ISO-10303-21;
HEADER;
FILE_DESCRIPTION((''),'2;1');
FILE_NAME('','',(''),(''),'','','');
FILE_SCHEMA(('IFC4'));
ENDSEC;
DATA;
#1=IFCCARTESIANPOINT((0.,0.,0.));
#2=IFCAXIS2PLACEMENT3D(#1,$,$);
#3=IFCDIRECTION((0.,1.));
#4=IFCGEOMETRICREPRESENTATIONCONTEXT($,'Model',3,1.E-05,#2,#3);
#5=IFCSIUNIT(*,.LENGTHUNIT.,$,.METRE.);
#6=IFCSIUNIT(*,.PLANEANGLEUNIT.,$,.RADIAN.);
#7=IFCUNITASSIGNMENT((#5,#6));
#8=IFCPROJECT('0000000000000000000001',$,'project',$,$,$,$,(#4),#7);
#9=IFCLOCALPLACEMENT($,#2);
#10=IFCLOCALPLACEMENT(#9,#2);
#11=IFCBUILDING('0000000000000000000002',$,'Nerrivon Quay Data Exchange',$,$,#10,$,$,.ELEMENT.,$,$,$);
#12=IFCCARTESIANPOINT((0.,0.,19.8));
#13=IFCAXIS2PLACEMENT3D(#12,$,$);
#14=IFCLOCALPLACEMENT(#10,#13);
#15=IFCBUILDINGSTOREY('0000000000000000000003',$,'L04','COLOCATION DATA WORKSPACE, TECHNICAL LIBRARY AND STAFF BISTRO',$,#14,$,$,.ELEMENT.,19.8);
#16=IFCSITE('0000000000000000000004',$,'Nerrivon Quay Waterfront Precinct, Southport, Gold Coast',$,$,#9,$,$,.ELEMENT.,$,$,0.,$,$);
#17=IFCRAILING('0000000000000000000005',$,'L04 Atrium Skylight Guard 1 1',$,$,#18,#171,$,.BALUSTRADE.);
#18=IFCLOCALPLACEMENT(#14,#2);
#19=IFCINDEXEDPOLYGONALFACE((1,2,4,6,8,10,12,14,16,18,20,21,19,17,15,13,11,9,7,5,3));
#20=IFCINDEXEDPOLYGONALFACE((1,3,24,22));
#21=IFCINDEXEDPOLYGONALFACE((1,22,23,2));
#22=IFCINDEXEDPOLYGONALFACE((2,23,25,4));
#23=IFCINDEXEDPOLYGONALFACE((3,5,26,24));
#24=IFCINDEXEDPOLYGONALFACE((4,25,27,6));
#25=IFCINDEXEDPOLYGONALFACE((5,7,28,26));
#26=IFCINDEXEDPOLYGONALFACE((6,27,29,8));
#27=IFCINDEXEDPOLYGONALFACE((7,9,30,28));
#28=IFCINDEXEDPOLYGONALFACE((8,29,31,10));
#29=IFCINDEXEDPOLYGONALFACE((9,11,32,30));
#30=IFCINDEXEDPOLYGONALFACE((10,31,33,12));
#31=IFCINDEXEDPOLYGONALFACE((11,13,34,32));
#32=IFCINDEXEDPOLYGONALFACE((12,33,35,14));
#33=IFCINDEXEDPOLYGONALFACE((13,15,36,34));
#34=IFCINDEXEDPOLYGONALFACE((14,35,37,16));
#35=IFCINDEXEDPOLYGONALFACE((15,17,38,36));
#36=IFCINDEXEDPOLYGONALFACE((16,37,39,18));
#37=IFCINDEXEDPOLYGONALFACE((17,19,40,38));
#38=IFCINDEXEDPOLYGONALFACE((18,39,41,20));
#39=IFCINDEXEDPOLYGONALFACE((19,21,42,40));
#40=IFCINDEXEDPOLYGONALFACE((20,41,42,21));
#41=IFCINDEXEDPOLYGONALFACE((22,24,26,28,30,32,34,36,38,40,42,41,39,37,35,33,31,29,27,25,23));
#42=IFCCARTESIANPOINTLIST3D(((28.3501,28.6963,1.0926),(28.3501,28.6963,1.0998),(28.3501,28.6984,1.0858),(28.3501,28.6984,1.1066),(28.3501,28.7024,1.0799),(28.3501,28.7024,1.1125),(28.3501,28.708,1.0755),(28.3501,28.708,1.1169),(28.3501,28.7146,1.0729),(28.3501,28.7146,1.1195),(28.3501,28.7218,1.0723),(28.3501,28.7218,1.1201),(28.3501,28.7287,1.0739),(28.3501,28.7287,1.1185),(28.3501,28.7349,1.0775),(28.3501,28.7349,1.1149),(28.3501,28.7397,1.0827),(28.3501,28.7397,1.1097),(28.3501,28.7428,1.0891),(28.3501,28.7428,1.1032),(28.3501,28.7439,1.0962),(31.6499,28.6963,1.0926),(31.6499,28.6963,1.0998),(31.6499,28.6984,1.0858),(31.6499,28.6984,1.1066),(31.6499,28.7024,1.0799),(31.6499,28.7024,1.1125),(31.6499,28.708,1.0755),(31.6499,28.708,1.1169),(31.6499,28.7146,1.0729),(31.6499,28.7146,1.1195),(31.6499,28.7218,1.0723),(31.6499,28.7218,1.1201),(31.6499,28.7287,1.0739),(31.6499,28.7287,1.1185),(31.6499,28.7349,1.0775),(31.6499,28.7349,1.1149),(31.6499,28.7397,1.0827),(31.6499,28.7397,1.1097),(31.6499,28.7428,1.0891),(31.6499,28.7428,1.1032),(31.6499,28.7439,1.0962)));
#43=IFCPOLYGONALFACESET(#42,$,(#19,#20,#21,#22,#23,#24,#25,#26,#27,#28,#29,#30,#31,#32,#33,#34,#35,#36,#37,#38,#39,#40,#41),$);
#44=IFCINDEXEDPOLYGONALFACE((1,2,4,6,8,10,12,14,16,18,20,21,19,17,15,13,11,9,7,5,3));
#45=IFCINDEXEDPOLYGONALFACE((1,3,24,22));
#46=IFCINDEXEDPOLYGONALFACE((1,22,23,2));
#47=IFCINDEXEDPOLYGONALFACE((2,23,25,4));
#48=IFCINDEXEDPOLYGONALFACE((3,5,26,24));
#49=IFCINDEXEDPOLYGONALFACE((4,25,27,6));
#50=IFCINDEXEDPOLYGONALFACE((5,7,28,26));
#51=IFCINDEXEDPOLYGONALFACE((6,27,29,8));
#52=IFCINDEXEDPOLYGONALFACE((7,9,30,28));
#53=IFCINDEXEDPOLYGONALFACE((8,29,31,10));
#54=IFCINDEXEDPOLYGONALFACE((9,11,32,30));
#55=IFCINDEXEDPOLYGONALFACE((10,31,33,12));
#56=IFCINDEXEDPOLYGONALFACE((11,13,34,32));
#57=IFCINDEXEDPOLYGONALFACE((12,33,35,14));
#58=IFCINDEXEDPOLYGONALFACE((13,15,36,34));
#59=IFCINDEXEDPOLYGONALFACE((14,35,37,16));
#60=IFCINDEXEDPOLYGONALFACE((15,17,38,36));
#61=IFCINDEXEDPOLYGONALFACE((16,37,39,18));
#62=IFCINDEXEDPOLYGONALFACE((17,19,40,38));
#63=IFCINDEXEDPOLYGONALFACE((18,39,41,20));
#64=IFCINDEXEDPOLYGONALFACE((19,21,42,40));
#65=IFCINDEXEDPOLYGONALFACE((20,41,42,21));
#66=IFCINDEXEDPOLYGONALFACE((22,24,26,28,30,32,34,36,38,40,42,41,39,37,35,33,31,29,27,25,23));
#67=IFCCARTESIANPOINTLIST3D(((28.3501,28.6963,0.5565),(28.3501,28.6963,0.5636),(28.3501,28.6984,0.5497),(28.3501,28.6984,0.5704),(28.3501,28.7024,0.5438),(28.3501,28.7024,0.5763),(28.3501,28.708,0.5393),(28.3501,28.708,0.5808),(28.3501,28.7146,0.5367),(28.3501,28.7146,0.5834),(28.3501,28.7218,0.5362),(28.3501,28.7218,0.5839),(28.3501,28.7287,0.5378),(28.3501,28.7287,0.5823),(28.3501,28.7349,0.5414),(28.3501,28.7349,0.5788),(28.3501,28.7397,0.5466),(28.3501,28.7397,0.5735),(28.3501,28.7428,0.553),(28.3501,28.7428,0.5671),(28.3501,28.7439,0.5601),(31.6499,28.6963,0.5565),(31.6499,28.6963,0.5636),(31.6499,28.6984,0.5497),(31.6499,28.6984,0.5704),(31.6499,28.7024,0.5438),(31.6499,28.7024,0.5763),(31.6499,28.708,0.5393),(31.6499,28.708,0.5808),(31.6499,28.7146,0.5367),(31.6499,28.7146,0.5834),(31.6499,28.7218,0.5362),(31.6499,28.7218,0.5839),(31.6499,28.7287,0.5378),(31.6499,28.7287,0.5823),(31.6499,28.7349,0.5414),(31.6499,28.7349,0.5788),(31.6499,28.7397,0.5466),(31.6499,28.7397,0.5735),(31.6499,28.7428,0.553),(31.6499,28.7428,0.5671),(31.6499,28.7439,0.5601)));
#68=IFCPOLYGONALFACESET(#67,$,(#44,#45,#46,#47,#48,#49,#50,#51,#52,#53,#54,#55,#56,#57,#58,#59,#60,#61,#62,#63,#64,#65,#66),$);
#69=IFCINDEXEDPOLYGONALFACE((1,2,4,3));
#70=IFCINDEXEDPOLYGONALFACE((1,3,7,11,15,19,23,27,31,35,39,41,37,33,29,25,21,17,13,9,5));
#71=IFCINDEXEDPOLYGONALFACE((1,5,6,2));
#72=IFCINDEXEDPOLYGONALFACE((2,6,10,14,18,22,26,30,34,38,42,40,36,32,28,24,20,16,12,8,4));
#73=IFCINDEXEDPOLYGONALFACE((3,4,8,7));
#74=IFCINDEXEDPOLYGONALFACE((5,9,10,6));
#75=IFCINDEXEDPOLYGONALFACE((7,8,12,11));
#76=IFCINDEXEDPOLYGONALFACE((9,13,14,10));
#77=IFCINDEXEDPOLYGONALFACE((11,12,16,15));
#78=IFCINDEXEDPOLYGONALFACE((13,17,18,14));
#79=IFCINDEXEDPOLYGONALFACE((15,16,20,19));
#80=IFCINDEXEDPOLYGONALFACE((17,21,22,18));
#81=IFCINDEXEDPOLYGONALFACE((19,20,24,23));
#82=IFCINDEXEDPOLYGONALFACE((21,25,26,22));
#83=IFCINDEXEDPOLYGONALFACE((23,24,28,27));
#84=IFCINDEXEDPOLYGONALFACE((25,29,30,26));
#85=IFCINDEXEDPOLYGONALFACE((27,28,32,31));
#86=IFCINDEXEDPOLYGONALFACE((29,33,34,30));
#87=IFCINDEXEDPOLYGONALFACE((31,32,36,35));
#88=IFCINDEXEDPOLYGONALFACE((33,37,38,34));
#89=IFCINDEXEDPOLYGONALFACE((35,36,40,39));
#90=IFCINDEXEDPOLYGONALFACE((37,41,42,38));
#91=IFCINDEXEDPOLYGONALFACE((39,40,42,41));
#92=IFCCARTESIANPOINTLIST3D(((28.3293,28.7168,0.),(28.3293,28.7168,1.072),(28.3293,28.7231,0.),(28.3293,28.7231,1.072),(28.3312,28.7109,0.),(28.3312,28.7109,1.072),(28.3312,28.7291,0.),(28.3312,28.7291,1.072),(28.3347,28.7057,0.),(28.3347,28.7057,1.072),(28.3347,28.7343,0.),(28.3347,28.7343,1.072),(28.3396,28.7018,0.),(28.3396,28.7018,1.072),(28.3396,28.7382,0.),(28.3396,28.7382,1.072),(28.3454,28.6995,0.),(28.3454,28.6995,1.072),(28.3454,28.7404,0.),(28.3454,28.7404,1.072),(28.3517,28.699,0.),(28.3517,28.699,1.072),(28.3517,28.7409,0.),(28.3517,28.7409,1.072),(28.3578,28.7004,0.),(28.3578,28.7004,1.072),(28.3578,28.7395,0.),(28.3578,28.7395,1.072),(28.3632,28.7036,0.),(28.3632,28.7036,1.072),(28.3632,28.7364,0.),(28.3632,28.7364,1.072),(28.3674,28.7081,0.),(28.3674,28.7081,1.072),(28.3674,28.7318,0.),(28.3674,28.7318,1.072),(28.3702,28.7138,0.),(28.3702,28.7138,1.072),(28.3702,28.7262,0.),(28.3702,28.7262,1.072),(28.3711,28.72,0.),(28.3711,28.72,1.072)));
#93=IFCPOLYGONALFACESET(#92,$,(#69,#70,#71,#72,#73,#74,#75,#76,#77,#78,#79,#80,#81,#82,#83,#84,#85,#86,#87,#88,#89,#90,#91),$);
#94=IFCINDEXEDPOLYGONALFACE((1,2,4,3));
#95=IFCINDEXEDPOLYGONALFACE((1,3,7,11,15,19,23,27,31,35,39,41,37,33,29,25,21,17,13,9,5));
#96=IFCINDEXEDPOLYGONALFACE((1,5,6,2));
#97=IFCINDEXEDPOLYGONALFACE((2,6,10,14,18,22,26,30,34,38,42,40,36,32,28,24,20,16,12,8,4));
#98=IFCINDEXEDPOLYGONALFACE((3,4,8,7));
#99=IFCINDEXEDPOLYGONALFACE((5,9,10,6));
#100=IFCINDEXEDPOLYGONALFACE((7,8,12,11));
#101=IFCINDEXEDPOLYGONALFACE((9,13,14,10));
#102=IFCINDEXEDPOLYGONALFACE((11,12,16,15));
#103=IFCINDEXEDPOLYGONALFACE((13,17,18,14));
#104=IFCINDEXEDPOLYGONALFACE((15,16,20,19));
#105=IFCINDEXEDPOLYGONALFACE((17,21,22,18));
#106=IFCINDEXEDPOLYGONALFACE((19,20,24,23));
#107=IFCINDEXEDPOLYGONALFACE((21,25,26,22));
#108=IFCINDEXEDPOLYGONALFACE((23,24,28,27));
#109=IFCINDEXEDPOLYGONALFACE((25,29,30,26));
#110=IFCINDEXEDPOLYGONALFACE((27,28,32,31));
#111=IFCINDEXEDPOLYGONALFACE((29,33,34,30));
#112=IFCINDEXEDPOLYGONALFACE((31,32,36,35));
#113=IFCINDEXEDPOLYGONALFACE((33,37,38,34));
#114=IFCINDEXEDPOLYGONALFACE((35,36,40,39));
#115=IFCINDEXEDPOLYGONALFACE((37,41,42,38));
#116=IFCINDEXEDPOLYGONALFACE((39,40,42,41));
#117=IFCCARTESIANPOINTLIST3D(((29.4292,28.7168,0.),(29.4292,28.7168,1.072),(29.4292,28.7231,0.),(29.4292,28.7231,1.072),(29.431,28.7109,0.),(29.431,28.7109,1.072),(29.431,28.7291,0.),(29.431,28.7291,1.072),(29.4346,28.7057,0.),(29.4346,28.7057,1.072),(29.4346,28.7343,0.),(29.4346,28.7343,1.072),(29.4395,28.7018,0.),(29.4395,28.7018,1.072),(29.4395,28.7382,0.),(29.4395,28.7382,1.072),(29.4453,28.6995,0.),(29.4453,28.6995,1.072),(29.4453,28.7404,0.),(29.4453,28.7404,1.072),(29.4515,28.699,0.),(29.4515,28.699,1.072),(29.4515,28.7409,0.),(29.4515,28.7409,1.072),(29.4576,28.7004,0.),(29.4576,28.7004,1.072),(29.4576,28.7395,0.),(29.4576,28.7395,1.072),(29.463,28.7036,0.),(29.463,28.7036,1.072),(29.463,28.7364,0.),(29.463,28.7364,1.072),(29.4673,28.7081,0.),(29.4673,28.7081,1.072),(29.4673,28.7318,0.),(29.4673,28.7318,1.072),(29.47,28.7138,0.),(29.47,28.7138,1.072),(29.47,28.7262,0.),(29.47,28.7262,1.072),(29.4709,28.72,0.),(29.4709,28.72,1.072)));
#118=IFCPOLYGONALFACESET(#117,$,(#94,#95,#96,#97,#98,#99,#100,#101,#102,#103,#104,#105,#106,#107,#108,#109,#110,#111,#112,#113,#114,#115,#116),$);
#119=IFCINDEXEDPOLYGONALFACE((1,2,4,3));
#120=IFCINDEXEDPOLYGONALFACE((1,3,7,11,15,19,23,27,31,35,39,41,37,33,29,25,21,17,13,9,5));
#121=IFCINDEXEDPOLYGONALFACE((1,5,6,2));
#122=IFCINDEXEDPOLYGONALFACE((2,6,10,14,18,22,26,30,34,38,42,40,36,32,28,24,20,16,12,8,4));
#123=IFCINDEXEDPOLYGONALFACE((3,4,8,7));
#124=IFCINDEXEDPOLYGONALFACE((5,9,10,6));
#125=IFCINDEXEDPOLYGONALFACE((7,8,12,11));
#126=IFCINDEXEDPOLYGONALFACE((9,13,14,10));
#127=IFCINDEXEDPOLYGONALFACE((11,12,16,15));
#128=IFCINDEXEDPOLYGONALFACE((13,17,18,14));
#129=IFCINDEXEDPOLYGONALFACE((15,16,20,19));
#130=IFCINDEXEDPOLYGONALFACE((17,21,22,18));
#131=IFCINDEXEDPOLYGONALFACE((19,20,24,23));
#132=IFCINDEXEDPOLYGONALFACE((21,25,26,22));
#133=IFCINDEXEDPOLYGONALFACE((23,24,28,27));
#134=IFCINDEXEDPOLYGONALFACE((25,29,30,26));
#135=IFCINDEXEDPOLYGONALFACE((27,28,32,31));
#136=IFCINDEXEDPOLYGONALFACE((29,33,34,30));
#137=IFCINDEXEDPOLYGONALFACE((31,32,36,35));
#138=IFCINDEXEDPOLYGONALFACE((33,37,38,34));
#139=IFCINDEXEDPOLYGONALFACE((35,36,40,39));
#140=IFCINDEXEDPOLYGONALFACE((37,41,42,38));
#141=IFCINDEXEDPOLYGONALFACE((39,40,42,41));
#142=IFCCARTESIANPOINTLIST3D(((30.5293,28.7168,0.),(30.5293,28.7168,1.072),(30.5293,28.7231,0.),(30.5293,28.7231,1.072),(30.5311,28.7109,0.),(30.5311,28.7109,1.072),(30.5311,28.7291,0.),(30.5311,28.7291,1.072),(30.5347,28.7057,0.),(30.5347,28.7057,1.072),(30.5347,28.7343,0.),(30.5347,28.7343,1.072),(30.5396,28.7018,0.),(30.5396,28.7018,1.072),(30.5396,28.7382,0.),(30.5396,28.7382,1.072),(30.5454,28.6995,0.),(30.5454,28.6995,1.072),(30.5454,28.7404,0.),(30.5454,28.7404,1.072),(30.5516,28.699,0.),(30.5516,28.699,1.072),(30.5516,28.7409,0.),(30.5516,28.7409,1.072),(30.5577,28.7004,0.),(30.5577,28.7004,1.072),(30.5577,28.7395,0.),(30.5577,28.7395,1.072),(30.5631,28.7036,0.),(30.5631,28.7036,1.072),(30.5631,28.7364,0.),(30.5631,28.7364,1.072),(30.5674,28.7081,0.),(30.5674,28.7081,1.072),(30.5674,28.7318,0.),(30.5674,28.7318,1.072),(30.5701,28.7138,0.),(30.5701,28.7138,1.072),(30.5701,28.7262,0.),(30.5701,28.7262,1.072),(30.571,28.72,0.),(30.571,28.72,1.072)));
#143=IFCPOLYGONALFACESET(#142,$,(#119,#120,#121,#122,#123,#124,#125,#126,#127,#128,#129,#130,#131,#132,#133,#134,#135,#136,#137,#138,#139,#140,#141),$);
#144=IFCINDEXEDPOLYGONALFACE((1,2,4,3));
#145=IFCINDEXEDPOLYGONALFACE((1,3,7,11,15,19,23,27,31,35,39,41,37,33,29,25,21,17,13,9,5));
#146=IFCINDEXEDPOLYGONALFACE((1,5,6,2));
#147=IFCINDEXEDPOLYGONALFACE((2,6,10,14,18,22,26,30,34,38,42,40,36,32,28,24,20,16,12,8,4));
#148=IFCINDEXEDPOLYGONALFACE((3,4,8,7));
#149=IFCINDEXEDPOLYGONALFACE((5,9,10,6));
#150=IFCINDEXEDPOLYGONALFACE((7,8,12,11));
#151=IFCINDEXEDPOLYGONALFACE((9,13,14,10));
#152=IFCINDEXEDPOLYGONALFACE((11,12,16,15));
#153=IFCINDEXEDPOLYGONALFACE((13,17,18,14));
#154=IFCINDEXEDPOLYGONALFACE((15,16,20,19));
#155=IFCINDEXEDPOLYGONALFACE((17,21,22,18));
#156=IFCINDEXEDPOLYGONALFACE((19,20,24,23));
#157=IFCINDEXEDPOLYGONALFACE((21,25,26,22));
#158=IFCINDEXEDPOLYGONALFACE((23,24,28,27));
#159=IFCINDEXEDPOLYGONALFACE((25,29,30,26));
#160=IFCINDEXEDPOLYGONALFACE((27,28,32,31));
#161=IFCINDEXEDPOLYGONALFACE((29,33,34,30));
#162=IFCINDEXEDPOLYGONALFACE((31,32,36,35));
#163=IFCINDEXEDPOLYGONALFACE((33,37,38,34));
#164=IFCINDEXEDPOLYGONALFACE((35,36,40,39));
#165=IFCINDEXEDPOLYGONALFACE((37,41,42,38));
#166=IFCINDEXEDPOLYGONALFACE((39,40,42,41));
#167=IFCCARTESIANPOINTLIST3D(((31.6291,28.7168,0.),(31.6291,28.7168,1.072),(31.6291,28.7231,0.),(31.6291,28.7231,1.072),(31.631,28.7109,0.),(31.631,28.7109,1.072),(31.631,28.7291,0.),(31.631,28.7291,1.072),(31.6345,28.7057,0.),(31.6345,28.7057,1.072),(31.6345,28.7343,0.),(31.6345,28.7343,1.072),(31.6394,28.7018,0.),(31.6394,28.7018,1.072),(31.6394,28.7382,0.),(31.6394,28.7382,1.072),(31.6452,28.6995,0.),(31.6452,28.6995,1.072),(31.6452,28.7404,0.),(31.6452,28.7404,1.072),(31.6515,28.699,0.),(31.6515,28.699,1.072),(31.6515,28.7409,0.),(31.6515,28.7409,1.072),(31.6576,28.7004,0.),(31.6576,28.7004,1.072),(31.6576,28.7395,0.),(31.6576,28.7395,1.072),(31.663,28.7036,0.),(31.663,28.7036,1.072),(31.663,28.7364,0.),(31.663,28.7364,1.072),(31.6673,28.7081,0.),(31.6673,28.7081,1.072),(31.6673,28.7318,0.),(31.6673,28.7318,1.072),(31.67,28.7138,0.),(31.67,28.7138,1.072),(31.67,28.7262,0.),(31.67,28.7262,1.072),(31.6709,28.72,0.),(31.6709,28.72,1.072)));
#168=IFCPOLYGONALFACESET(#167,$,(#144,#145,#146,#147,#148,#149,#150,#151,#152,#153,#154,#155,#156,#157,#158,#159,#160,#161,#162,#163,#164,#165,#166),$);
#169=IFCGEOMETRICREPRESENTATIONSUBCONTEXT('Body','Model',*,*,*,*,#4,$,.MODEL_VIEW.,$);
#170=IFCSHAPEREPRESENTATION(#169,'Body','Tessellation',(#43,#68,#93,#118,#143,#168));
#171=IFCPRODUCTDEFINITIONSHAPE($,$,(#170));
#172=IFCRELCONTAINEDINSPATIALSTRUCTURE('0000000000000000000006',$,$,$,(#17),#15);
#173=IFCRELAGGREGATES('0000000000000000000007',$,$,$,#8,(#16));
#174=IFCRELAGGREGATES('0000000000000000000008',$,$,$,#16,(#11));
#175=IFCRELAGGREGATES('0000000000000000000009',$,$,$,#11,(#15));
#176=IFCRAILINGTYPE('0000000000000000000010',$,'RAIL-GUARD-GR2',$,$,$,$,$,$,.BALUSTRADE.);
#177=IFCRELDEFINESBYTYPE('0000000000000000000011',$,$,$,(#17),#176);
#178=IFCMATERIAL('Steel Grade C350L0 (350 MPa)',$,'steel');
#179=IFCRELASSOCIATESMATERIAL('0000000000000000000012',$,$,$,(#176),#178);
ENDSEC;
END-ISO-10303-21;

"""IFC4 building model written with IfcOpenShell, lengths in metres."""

from ifc_helpers import new_model, si_unit, direction, frame, origin, origin_2d, place, context, subcontext, project, spatial, circle, extrude, material, type_object, element, save


model = new_model("IFC4")

# Units and contexts
model_context = context("Model", 3, precision=1e-05, world=origin(), true_north=direction((0.0, 1.0)))
body_context = subcontext(model_context, "Body", "Model", "MODEL_VIEW")
ifc_project = project(units=[si_unit("LENGTHUNIT", "METRE"), si_unit("PLANEANGLEUNIT", "RADIAN")], contexts=[model_context])

# Site, building, storey
site_placement = place(None, origin())
site = spatial("IfcSite", under=ifc_project, at=site_placement, Name="Nerrivon Quay Waterfront Precinct, Southport, Gold Coast", CompositionType="ELEMENT", RefElevation=0.0)
building_placement = place(site_placement, origin())
building = spatial("IfcBuilding", under=site, at=building_placement, Name="Nerrivon Quay Data Exchange", CompositionType="ELEMENT")
storey_placement = place(building_placement, frame((0.0, 0.0, 19.8)))
storey = spatial("IfcBuildingStorey", under=building, at=storey_placement, Name="L04", Description="COLOCATION DATA WORKSPACE, TECHNICAL LIBRARY AND STAFF BISTRO", CompositionType="ELEMENT", Elevation=19.8)

# Railing
ifc_material_1 = material(Name="Steel Grade C350L0 (350 MPa)", Category="steel")
railing_type = type_object("IfcRailingType", Name="RAIL-GUARD-GR2", PredefinedType="BALUSTRADE", material=ifc_material_1)
railing_1_placement = place(storey_placement, frame((28.3501, 28.72, 0.0)))
element("IfcRailing", 1, at=railing_1_placement, inside=storey, type_object=railing_type, Name="L04 Atrium Skylight Guard 1 1", PredefinedType="BALUSTRADE", context=body_context, shape_type="SweptSolid", body=[
    extrude(circle(Radius=0.0239, at=origin_2d()), frame((0.0, 0.0, 1.0962), z_axis=(1.0, 0.0, 0.0), x_axis=(0.0, 1.0, 0.0)), (0.0, 0.0, 1.0), 3.2998),
    extrude(circle(Radius=0.0239, at=origin_2d()), frame((0.0, 0.0, 0.5601), z_axis=(1.0, 0.0, 0.0), x_axis=(0.0, 1.0, 0.0)), (0.0, 0.0, 1.0), 3.2998),
    extrude(circle(Radius=0.021, at=origin_2d()), origin(), (0.0, 0.0, 1.0), 1.072),
    extrude(circle(Radius=0.021, at=origin_2d()), frame((1.0999, 0.0, 0.0)), (0.0, 0.0, 1.0), 1.072),
    extrude(circle(Radius=0.021, at=origin_2d()), frame((2.2, 0.0, 0.0)), (0.0, 0.0, 1.0), 1.072),
    extrude(circle(Radius=0.021, at=origin_2d()), frame((3.2998, 0.0, 0.0)), (0.0, 0.0, 1.0), 1.072),
])

save(model, "model.ifc")
